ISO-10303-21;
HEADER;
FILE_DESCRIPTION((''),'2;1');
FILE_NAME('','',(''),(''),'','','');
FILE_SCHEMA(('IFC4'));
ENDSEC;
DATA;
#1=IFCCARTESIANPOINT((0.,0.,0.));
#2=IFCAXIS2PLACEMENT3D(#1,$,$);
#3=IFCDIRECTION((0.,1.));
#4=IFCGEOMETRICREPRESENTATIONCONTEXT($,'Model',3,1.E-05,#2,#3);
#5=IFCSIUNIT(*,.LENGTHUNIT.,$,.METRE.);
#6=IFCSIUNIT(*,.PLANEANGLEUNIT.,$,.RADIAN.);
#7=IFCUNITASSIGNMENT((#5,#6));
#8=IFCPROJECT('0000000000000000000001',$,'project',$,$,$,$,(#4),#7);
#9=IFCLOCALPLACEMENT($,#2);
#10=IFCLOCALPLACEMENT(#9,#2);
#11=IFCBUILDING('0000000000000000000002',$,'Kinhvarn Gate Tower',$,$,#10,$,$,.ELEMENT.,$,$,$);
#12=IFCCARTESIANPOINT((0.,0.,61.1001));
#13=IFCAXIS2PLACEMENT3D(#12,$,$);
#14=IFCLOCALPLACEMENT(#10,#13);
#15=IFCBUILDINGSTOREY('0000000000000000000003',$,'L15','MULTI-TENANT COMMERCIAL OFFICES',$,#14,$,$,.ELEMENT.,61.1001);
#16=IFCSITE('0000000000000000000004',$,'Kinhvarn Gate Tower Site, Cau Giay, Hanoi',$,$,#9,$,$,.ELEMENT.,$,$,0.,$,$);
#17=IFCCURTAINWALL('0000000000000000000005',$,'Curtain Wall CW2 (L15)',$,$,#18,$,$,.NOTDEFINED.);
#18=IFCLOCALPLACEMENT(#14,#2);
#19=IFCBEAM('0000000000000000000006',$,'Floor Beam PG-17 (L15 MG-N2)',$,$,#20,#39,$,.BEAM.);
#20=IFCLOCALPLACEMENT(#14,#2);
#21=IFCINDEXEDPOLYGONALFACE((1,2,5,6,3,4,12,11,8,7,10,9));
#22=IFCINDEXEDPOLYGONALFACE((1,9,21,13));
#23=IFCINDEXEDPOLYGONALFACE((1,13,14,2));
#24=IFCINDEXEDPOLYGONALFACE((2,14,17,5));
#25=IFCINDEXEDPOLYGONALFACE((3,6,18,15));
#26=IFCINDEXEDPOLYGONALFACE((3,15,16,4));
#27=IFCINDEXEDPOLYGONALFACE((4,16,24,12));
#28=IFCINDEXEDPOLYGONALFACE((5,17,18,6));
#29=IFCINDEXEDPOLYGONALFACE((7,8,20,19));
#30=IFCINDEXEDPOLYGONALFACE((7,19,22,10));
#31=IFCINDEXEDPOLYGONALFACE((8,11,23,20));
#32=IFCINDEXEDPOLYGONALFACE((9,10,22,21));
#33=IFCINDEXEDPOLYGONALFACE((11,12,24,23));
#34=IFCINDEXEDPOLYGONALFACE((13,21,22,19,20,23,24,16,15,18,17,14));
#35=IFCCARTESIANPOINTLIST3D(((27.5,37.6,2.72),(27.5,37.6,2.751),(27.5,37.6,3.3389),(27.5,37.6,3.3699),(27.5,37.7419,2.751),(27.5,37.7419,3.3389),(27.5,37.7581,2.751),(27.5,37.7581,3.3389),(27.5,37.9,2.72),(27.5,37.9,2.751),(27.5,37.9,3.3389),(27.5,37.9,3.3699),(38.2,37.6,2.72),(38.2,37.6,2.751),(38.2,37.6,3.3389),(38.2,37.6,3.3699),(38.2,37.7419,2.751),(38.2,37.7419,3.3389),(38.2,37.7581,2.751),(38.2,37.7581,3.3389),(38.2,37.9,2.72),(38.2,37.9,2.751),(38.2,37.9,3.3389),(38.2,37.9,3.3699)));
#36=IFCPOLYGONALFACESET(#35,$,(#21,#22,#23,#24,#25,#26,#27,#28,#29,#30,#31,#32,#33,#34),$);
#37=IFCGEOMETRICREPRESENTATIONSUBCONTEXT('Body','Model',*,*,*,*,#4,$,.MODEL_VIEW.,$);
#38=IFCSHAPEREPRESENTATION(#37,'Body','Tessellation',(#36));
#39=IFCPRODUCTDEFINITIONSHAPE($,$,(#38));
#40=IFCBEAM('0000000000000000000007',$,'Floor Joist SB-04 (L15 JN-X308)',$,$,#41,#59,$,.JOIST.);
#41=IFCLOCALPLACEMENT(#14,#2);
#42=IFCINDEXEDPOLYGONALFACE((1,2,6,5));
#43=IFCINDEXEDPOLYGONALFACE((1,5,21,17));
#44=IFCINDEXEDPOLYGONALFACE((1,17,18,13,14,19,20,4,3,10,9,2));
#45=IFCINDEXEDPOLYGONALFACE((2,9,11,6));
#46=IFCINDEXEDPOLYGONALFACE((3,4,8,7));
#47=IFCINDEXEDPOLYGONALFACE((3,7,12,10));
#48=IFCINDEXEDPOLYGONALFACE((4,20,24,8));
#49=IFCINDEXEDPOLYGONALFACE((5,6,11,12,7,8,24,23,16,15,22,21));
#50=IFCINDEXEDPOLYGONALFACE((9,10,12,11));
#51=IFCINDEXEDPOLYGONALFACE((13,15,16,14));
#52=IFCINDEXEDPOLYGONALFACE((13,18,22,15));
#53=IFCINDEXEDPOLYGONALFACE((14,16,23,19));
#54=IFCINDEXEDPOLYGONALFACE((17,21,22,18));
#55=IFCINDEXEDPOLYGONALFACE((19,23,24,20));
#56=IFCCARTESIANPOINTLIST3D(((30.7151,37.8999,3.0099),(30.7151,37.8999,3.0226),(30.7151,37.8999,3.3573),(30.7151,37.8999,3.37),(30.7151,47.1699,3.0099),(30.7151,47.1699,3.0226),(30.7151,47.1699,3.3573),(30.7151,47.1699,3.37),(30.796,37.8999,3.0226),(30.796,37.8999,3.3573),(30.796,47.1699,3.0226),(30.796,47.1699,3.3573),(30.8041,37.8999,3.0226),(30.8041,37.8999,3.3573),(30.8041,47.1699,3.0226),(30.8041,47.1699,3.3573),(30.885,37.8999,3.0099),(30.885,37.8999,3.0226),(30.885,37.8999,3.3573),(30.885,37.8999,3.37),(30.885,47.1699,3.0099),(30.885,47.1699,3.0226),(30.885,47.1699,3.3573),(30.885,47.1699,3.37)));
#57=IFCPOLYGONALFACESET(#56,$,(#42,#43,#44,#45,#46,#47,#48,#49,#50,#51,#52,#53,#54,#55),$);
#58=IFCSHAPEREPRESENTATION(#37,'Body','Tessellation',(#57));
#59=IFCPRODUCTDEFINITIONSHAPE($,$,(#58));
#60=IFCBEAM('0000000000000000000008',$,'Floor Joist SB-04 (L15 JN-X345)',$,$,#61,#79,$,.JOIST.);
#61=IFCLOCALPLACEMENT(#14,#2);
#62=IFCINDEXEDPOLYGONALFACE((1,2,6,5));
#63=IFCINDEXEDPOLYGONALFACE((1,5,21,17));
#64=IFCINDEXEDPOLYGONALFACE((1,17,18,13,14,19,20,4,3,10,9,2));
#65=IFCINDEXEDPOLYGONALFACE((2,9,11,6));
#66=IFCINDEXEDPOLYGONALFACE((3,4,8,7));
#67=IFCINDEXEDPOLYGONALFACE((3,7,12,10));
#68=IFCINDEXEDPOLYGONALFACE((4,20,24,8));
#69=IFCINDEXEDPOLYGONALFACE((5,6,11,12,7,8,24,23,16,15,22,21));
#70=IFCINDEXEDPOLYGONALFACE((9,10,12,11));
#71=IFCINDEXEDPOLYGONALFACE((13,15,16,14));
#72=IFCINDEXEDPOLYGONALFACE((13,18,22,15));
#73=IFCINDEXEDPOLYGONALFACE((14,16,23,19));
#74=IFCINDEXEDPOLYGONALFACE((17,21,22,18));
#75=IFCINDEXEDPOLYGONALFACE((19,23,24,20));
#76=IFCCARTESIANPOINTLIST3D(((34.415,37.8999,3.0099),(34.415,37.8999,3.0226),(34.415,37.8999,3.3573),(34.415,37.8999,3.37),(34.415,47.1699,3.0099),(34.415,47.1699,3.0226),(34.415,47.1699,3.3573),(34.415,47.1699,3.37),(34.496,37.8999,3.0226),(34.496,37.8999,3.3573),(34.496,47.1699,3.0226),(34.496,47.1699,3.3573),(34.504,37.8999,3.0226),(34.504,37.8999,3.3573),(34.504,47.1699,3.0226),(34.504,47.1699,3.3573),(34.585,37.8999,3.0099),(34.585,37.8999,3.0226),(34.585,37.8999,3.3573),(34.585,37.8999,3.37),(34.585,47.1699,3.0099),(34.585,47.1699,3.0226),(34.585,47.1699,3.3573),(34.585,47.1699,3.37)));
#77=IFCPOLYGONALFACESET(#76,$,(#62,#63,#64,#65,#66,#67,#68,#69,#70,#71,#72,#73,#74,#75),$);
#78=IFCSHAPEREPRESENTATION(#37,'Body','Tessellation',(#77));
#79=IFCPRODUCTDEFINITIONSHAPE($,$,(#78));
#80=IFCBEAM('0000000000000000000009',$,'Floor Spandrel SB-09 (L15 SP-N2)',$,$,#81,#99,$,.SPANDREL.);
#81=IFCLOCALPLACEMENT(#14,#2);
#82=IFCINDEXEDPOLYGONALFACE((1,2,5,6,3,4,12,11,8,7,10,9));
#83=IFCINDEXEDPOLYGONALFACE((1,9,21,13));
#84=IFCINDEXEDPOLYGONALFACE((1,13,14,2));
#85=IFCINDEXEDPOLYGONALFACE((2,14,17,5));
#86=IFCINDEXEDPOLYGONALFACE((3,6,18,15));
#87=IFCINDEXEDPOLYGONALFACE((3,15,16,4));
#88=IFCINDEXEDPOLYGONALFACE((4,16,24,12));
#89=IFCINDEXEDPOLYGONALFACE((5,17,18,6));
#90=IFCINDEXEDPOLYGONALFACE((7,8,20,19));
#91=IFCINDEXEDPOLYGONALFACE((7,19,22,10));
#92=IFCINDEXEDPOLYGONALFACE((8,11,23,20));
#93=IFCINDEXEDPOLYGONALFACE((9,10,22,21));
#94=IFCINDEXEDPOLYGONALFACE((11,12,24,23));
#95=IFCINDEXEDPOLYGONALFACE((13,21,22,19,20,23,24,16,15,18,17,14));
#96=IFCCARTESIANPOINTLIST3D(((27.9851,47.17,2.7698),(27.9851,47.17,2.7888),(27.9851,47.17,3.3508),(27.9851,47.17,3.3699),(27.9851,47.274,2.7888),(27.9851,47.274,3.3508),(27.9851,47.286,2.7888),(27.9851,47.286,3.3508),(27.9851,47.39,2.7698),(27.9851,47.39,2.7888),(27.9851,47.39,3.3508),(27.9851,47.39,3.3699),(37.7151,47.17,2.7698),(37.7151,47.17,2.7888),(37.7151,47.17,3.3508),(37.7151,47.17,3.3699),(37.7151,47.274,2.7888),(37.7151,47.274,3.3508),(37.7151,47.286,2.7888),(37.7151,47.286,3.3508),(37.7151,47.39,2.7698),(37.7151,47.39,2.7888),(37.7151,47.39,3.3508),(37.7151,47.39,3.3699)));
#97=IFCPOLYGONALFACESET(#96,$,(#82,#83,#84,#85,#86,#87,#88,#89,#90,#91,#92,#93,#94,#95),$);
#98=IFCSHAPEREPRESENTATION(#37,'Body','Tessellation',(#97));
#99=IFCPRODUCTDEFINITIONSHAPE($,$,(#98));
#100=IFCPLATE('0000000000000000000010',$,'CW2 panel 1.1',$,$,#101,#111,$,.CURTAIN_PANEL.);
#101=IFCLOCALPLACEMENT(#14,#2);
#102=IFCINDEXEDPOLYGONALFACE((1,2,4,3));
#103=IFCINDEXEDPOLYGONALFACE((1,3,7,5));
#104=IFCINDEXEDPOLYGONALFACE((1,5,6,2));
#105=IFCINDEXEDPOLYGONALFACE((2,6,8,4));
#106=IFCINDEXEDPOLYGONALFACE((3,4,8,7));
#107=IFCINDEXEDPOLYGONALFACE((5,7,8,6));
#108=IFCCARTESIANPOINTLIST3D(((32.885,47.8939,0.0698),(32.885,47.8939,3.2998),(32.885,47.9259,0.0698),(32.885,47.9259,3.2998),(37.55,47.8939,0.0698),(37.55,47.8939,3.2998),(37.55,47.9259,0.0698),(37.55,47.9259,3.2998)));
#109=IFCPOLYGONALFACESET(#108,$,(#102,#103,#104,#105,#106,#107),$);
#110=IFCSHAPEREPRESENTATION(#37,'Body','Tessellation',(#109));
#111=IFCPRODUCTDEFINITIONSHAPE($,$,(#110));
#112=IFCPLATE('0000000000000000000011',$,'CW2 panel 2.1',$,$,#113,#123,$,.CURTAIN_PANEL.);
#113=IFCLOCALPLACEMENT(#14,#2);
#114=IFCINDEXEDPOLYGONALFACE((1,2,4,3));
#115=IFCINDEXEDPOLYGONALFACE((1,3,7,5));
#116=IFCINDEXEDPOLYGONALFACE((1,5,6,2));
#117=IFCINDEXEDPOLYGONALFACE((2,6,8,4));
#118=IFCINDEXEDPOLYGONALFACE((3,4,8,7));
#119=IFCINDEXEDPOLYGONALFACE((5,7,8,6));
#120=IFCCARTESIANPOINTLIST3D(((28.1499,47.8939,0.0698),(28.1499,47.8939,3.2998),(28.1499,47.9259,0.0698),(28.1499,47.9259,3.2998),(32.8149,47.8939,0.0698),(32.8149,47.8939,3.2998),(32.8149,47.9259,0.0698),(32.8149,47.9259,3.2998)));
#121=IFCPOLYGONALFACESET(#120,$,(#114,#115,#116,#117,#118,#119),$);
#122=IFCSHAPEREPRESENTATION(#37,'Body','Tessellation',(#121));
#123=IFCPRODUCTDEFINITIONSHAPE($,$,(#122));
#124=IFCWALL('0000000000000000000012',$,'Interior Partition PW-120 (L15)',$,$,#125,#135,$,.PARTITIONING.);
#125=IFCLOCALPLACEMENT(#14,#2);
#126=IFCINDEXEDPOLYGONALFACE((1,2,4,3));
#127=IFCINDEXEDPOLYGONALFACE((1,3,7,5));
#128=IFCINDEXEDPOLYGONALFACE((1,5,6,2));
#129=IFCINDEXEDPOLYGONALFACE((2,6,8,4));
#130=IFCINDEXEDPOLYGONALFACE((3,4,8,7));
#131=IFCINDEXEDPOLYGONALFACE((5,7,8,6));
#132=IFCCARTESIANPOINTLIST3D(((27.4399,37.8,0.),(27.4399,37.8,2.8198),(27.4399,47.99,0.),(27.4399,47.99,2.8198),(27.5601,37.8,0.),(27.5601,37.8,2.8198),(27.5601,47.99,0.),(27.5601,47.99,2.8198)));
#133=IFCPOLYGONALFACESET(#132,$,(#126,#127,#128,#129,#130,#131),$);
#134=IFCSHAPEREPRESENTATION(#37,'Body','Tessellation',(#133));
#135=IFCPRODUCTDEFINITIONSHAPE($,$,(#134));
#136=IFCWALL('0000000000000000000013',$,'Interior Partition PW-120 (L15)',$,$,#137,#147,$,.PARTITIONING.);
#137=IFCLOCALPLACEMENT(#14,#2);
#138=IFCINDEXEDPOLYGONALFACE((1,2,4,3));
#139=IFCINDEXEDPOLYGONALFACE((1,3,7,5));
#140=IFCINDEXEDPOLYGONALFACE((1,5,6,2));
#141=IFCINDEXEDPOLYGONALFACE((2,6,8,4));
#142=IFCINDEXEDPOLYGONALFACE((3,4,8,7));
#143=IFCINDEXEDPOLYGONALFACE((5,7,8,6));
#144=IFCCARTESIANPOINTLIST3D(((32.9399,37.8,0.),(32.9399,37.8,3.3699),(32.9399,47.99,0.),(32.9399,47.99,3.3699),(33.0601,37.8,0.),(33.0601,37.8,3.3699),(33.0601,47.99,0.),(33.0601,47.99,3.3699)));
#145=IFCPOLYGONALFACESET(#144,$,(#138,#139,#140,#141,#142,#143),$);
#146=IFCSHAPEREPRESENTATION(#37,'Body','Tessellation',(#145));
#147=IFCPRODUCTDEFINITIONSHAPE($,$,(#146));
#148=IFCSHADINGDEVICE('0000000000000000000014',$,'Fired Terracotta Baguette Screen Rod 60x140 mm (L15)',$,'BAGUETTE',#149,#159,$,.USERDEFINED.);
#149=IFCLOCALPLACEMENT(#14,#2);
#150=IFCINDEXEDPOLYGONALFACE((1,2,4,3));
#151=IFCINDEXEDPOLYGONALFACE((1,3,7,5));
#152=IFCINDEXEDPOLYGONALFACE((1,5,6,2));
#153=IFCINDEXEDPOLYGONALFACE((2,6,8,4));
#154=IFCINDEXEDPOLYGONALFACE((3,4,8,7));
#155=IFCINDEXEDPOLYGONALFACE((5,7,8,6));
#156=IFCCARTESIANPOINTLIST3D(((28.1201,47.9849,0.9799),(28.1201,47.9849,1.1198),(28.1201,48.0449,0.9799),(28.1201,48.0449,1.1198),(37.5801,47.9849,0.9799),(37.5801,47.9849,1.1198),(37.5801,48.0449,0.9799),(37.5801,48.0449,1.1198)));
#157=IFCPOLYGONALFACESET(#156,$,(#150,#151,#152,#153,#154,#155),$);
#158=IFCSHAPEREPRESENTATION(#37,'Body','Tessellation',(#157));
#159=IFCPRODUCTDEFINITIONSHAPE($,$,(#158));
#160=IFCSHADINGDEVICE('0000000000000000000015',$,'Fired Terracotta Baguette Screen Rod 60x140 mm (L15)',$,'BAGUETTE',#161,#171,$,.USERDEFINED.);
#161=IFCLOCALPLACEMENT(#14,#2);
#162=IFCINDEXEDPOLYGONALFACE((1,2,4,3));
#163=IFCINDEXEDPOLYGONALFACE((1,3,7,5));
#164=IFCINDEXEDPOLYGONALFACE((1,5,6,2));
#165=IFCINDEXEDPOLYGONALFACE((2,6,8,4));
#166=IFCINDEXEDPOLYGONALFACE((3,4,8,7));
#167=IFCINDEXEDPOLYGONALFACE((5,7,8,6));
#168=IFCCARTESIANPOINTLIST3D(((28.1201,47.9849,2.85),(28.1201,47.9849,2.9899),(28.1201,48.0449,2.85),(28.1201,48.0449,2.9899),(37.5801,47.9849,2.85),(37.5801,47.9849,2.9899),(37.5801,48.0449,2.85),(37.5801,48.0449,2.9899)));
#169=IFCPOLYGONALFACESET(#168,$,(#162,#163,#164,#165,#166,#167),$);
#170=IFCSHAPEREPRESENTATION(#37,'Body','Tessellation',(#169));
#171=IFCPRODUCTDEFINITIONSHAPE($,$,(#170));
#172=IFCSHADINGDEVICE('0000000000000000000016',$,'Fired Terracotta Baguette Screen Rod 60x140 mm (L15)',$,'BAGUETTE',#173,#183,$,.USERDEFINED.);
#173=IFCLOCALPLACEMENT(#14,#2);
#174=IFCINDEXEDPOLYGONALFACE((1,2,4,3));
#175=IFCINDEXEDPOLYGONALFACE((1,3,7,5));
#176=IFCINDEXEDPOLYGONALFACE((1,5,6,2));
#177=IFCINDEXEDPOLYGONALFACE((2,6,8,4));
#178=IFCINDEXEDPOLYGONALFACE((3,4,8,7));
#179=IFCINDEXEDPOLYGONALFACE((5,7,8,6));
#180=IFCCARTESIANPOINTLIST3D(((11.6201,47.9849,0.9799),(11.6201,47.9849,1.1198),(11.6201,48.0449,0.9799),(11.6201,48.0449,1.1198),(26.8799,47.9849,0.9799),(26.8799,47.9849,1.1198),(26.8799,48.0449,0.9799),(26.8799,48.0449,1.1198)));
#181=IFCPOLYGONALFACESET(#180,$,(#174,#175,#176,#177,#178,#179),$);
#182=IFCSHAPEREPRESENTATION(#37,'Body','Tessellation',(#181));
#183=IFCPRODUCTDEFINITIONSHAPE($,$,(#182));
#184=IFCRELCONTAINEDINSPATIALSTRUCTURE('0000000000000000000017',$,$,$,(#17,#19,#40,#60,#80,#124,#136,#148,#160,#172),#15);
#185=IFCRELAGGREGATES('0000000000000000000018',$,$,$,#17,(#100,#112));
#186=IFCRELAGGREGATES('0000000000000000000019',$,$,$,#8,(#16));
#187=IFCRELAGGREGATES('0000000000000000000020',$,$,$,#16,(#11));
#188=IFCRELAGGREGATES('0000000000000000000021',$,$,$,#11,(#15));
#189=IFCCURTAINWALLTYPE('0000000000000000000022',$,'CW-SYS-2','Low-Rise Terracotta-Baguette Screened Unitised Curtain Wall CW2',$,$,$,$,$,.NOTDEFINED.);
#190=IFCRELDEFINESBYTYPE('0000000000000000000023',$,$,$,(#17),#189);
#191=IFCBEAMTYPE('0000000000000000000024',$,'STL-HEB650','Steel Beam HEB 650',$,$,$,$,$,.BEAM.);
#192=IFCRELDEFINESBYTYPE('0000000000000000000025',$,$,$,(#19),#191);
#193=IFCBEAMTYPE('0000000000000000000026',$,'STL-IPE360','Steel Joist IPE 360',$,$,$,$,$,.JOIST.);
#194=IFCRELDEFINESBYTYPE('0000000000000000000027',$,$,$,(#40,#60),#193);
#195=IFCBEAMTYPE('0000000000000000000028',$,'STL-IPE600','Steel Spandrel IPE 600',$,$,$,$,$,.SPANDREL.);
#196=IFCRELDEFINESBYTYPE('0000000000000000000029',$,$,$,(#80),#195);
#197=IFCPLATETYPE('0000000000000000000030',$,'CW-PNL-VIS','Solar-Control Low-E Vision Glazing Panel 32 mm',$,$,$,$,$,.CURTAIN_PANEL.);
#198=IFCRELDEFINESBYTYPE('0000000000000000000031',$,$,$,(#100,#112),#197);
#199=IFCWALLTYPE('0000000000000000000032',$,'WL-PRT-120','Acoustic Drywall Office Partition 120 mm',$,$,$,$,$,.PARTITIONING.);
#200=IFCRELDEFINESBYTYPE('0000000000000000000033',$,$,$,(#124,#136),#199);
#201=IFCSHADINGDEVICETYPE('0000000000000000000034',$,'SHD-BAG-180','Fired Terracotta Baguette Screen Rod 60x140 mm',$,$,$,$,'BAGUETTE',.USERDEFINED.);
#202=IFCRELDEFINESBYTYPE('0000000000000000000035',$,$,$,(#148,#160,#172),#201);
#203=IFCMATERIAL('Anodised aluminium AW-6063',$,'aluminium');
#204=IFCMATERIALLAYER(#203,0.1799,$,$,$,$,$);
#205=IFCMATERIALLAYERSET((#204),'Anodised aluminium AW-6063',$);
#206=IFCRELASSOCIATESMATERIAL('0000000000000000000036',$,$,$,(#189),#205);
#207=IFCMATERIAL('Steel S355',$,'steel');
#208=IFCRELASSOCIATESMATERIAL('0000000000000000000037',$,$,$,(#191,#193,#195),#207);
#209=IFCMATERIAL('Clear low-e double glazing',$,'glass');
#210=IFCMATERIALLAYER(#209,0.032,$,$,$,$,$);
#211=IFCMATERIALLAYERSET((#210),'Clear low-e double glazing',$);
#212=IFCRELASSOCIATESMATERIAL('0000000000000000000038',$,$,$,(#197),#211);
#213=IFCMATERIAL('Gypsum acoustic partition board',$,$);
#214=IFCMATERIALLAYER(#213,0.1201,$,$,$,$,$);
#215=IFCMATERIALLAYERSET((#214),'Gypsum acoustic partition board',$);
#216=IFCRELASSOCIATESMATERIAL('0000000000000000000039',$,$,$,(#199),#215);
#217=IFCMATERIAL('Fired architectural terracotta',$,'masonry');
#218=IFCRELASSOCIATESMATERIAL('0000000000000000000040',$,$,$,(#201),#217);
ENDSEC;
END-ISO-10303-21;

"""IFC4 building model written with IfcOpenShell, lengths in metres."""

from ifc_helpers import new_model, si_unit, direction, frame, frame_2d, origin, origin_2d, place, context, subcontext, project, spatial, rectangle, i_section, extrude, material, layer, layer_set, material_profile, profile_set, type_object, element, aggregate, save


model = new_model("IFC4")

# Units and contexts
model_context = context("Model", 3, precision=1e-05, world=origin(), true_north=direction((0.0, 1.0)))
body_context = subcontext(model_context, "Body", "Model", "MODEL_VIEW")
ifc_project = project(units=[si_unit("LENGTHUNIT", "METRE"), si_unit("PLANEANGLEUNIT", "RADIAN")], contexts=[model_context])

# Site, building, storey
site_placement = place(None, origin())
site = spatial("IfcSite", under=ifc_project, at=site_placement, Name="Kinhvarn Gate Tower Site, Cau Giay, Hanoi", CompositionType="ELEMENT", RefElevation=0.0)
building_placement = place(site_placement, origin())
building = spatial("IfcBuilding", under=site, at=building_placement, Name="Kinhvarn Gate Tower", CompositionType="ELEMENT")
storey_placement = place(building_placement, frame((0.0, 0.0, 61.1001)))
storey = spatial("IfcBuildingStorey", under=building, at=storey_placement, Name="L15", Description="MULTI-TENANT COMMERCIAL OFFICES", CompositionType="ELEMENT", Elevation=61.1001)

# Curtain wall
ifc_material_1 = material(Name="Anodised aluminium AW-6063", Category="aluminium")
ifc_layer_1 = layer(ifc_material_1, 0.1799)
ifc_layer_set_1 = layer_set([ifc_layer_1], Name="Anodised aluminium AW-6063")
curtain_wall_type = type_object("IfcCurtainWallType", Name="CW-SYS-2", Description="Low-Rise Terracotta-Baguette Screened Unitised Curtain Wall CW2", PredefinedType="NOTDEFINED", material=ifc_layer_set_1)
curtain_wall_1_placement = place(storey_placement, origin())
curtain_wall_1 = element("IfcCurtainWall", 1, at=curtain_wall_1_placement, inside=storey, type_object=curtain_wall_type, Name="Curtain Wall CW2 (L15)", PredefinedType="NOTDEFINED")

# Beams
ifc_material_2 = material(Name="Steel S355", Category="steel")
ifc_material_profile_1 = material_profile(ifc_material_2, i_section(OverallWidth=0.3, OverallDepth=0.6499, WebThickness=0.0161, FlangeThickness=0.031, at=origin_2d()), Name="HEB 650")
ifc_profile_set_1 = profile_set([ifc_material_profile_1], Name="Steel S355")
beam_type_1 = type_object("IfcBeamType", Name="STL-HEB650", Description="Steel Beam HEB 650", PredefinedType="BEAM", material=ifc_profile_set_1)
beam_1_placement = place(storey_placement, frame((27.5, 37.75, 3.0449), z_axis=(1.0, 0.0, 0.0), x_axis=(0.0, 1.0, 0.0)))
element("IfcBeam", 2, at=beam_1_placement, inside=storey, type_object=beam_type_1, Name="Floor Beam PG-17 (L15 MG-N2)", PredefinedType="BEAM", context=body_context, shape_type="SweptSolid", body=[
    extrude(i_section(OverallWidth=0.3, OverallDepth=0.6499, WebThickness=0.0161, FlangeThickness=0.031, at=origin_2d()), origin(), (0.0, 0.0, 1.0), 10.7),
])
ifc_material_profile_2 = material_profile(ifc_material_2, i_section(OverallWidth=0.1699, OverallDepth=0.3601, WebThickness=0.0081, FlangeThickness=0.0127, at=origin_2d()), Name="IPE 360")
ifc_profile_set_2 = profile_set([ifc_material_profile_2], Name="Steel S355")
beam_type_2 = type_object("IfcBeamType", Name="STL-IPE360", Description="Steel Joist IPE 360", PredefinedType="JOIST", material=ifc_profile_set_2)
for number, where, z_axis, x_axis, name in (
    (3, (30.8, 37.8999, 3.1899), (0.0, 1.0, 0.0), (-1.0, 0.0, 0.0), "Floor Joist SB-04 (L15 JN-X308)"),
    (4, (34.5, 37.8999, 3.1899), (0.0, 1.0, 0.0), (-1.0, 0.0, 0.0), "Floor Joist SB-04 (L15 JN-X345)"),
):
    element("IfcBeam", number, at=place(storey_placement, frame(where, z_axis=z_axis, x_axis=x_axis)), inside=storey, type_object=beam_type_2, Name=name, PredefinedType="JOIST", context=body_context, shape_type="SweptSolid", body=[
        extrude(i_section(OverallWidth=0.1699, OverallDepth=0.3601, WebThickness=0.0081, FlangeThickness=0.0127, at=origin_2d()), origin(), (0.0, 0.0, 1.0), 9.27),
    ])
ifc_material_profile_3 = material_profile(ifc_material_2, i_section(OverallWidth=0.22, OverallDepth=0.6001, WebThickness=0.012, FlangeThickness=0.019, at=origin_2d()), Name="IPE 600")
ifc_profile_set_3 = profile_set([ifc_material_profile_3], Name="Steel S355")
beam_type_3 = type_object("IfcBeamType", Name="STL-IPE600", Description="Steel Spandrel IPE 600", PredefinedType="SPANDREL", material=ifc_profile_set_3)
beam_2_placement = place(storey_placement, frame((27.9851, 47.28, 3.0698), z_axis=(1.0, 0.0, 0.0), x_axis=(0.0, 1.0, 0.0)))
element("IfcBeam", 5, at=beam_2_placement, inside=storey, type_object=beam_type_3, Name="Floor Spandrel SB-09 (L15 SP-N2)", PredefinedType="SPANDREL", context=body_context, shape_type="SweptSolid", body=[
    extrude(i_section(OverallWidth=0.22, OverallDepth=0.6001, WebThickness=0.012, FlangeThickness=0.019, at=origin_2d()), origin(), (0.0, 0.0, 1.0), 9.73),
])

# Plates
ifc_material_3 = material(Name="Clear low-e double glazing", Category="glass")
ifc_layer_2 = layer(ifc_material_3, 0.032)
ifc_layer_set_2 = layer_set([ifc_layer_2], Name="Clear low-e double glazing")
plate_type = type_object("IfcPlateType", Name="CW-PNL-VIS", Description="Solar-Control Low-E Vision Glazing Panel 32 mm", PredefinedType="CURTAIN_PANEL", material=ifc_layer_set_2)
plate_1_placement = place(storey_placement, frame((35.2175, 47.9099, 0.0698), z_axis=(0.0, 0.0, 1.0), x_axis=(-1.0, 0.0, 0.0)))
plate_1 = element("IfcPlate", 6, at=plate_1_placement, type_object=plate_type, Name="CW2 panel 1.1", PredefinedType="CURTAIN_PANEL", context=body_context, shape_type="SweptSolid", body=[
    extrude(rectangle(XDim=4.665, YDim=0.032, at=origin_2d()), origin(), (0.0, 0.0, 1.0), 3.23),
])
plate_2_placement = place(storey_placement, frame((30.4824, 47.9099, 0.0698), z_axis=(0.0, 0.0, 1.0), x_axis=(-1.0, 0.0, 0.0)))
plate_2 = element("IfcPlate", 7, at=plate_2_placement, type_object=plate_type, Name="CW2 panel 2.1", PredefinedType="CURTAIN_PANEL", context=body_context, shape_type="SweptSolid", body=[
    extrude(rectangle(XDim=4.665, YDim=0.032, at=origin_2d()), origin(), (0.0, 0.0, 1.0), 3.23),
])
aggregate(curtain_wall_1, [plate_1, plate_2])

# Walls
ifc_material_4 = material(Name="Gypsum acoustic partition board")
ifc_layer_3 = layer(ifc_material_4, 0.1201)
ifc_layer_set_3 = layer_set([ifc_layer_3], Name="Gypsum acoustic partition board")
wall_type_1 = type_object("IfcWallType", Name="WL-PRT-120", Description="Acoustic Drywall Office Partition 120 mm", PredefinedType="PARTITIONING", material=ifc_layer_set_3)
wall_1_placement = place(storey_placement, frame((27.5, 37.8, 0.0), z_axis=(0.0, 0.0, 1.0), x_axis=(0.0, 1.0, 0.0)))
element("IfcWall", 8, at=wall_1_placement, inside=storey, type_object=wall_type_1, Name="Interior Partition PW-120 (L15)", PredefinedType="PARTITIONING", context=body_context, shape_type="SweptSolid", body=[
    extrude(rectangle(XDim=10.1899, YDim=0.1201, at=frame_2d((5.095, 0.0))), origin(), (0.0, 0.0, 1.0), 2.8198),
])
wall_2_placement = place(storey_placement, frame((33.0, 37.8, 0.0), z_axis=(0.0, 0.0, 1.0), x_axis=(0.0, 1.0, 0.0)))
element("IfcWall", 9, at=wall_2_placement, inside=storey, type_object=wall_type_1, Name="Interior Partition PW-120 (L15)", PredefinedType="PARTITIONING", context=body_context, shape_type="SweptSolid", body=[
    extrude(rectangle(XDim=10.1899, YDim=0.1201, at=frame_2d((5.095, 0.0))), origin(), (0.0, 0.0, 1.0), 3.3699),
])

# Shading devices
ifc_material_5 = material(Name="Fired architectural terracotta", Category="masonry")
ifc_material_profile_4 = material_profile(ifc_material_5, rectangle(XDim=0.0601, YDim=0.1399, at=origin_2d()), Name="TC 60x140")
ifc_profile_set_4 = profile_set([ifc_material_profile_4], Name="Fired architectural terracotta")
shading_device_type = type_object("IfcShadingDeviceType", Name="SHD-BAG-180", Description="Fired Terracotta Baguette Screen Rod 60x140 mm", ElementType="BAGUETTE", PredefinedType="USERDEFINED", material=ifc_profile_set_4)
for number, where, z_axis, x_axis, name in (
    (10, (37.5801, 48.0149, 1.0498), (-1.0, 0.0, 0.0), (0.0, -1.0, 0.0), "Fired Terracotta Baguette Screen Rod 60x140 mm (L15)"),
    (11, (37.5801, 48.0149, 2.9199), (-1.0, 0.0, 0.0), (0.0, -1.0, 0.0), "Fired Terracotta Baguette Screen Rod 60x140 mm (L15)"),
):
    element("IfcShadingDevice", number, at=place(storey_placement, frame(where, z_axis=z_axis, x_axis=x_axis)), inside=storey, type_object=shading_device_type, Name=name, ObjectType="BAGUETTE", PredefinedType="USERDEFINED", context=body_context, shape_type="SweptSolid", body=[
        extrude(rectangle(XDim=0.0601, YDim=0.1399, at=origin_2d()), origin(), (0.0, 0.0, 1.0), 9.46),
    ])
for number, where, z_axis, x_axis, name in (
    (12, (26.8799, 48.0149, 1.0498), (-1.0, 0.0, 0.0), (0.0, -1.0, 0.0), "Fired Terracotta Baguette Screen Rod 60x140 mm (L15)"),
):
    element("IfcShadingDevice", number, at=place(storey_placement, frame(where, z_axis=z_axis, x_axis=x_axis)), inside=storey, type_object=shading_device_type, Name=name, ObjectType="BAGUETTE", PredefinedType="USERDEFINED", context=body_context, shape_type="SweptSolid", body=[
        extrude(rectangle(XDim=0.0601, YDim=0.1399, at=origin_2d()), origin(), (0.0, 0.0, 1.0), 15.2598),
    ])

save(model, "model.ifc")
